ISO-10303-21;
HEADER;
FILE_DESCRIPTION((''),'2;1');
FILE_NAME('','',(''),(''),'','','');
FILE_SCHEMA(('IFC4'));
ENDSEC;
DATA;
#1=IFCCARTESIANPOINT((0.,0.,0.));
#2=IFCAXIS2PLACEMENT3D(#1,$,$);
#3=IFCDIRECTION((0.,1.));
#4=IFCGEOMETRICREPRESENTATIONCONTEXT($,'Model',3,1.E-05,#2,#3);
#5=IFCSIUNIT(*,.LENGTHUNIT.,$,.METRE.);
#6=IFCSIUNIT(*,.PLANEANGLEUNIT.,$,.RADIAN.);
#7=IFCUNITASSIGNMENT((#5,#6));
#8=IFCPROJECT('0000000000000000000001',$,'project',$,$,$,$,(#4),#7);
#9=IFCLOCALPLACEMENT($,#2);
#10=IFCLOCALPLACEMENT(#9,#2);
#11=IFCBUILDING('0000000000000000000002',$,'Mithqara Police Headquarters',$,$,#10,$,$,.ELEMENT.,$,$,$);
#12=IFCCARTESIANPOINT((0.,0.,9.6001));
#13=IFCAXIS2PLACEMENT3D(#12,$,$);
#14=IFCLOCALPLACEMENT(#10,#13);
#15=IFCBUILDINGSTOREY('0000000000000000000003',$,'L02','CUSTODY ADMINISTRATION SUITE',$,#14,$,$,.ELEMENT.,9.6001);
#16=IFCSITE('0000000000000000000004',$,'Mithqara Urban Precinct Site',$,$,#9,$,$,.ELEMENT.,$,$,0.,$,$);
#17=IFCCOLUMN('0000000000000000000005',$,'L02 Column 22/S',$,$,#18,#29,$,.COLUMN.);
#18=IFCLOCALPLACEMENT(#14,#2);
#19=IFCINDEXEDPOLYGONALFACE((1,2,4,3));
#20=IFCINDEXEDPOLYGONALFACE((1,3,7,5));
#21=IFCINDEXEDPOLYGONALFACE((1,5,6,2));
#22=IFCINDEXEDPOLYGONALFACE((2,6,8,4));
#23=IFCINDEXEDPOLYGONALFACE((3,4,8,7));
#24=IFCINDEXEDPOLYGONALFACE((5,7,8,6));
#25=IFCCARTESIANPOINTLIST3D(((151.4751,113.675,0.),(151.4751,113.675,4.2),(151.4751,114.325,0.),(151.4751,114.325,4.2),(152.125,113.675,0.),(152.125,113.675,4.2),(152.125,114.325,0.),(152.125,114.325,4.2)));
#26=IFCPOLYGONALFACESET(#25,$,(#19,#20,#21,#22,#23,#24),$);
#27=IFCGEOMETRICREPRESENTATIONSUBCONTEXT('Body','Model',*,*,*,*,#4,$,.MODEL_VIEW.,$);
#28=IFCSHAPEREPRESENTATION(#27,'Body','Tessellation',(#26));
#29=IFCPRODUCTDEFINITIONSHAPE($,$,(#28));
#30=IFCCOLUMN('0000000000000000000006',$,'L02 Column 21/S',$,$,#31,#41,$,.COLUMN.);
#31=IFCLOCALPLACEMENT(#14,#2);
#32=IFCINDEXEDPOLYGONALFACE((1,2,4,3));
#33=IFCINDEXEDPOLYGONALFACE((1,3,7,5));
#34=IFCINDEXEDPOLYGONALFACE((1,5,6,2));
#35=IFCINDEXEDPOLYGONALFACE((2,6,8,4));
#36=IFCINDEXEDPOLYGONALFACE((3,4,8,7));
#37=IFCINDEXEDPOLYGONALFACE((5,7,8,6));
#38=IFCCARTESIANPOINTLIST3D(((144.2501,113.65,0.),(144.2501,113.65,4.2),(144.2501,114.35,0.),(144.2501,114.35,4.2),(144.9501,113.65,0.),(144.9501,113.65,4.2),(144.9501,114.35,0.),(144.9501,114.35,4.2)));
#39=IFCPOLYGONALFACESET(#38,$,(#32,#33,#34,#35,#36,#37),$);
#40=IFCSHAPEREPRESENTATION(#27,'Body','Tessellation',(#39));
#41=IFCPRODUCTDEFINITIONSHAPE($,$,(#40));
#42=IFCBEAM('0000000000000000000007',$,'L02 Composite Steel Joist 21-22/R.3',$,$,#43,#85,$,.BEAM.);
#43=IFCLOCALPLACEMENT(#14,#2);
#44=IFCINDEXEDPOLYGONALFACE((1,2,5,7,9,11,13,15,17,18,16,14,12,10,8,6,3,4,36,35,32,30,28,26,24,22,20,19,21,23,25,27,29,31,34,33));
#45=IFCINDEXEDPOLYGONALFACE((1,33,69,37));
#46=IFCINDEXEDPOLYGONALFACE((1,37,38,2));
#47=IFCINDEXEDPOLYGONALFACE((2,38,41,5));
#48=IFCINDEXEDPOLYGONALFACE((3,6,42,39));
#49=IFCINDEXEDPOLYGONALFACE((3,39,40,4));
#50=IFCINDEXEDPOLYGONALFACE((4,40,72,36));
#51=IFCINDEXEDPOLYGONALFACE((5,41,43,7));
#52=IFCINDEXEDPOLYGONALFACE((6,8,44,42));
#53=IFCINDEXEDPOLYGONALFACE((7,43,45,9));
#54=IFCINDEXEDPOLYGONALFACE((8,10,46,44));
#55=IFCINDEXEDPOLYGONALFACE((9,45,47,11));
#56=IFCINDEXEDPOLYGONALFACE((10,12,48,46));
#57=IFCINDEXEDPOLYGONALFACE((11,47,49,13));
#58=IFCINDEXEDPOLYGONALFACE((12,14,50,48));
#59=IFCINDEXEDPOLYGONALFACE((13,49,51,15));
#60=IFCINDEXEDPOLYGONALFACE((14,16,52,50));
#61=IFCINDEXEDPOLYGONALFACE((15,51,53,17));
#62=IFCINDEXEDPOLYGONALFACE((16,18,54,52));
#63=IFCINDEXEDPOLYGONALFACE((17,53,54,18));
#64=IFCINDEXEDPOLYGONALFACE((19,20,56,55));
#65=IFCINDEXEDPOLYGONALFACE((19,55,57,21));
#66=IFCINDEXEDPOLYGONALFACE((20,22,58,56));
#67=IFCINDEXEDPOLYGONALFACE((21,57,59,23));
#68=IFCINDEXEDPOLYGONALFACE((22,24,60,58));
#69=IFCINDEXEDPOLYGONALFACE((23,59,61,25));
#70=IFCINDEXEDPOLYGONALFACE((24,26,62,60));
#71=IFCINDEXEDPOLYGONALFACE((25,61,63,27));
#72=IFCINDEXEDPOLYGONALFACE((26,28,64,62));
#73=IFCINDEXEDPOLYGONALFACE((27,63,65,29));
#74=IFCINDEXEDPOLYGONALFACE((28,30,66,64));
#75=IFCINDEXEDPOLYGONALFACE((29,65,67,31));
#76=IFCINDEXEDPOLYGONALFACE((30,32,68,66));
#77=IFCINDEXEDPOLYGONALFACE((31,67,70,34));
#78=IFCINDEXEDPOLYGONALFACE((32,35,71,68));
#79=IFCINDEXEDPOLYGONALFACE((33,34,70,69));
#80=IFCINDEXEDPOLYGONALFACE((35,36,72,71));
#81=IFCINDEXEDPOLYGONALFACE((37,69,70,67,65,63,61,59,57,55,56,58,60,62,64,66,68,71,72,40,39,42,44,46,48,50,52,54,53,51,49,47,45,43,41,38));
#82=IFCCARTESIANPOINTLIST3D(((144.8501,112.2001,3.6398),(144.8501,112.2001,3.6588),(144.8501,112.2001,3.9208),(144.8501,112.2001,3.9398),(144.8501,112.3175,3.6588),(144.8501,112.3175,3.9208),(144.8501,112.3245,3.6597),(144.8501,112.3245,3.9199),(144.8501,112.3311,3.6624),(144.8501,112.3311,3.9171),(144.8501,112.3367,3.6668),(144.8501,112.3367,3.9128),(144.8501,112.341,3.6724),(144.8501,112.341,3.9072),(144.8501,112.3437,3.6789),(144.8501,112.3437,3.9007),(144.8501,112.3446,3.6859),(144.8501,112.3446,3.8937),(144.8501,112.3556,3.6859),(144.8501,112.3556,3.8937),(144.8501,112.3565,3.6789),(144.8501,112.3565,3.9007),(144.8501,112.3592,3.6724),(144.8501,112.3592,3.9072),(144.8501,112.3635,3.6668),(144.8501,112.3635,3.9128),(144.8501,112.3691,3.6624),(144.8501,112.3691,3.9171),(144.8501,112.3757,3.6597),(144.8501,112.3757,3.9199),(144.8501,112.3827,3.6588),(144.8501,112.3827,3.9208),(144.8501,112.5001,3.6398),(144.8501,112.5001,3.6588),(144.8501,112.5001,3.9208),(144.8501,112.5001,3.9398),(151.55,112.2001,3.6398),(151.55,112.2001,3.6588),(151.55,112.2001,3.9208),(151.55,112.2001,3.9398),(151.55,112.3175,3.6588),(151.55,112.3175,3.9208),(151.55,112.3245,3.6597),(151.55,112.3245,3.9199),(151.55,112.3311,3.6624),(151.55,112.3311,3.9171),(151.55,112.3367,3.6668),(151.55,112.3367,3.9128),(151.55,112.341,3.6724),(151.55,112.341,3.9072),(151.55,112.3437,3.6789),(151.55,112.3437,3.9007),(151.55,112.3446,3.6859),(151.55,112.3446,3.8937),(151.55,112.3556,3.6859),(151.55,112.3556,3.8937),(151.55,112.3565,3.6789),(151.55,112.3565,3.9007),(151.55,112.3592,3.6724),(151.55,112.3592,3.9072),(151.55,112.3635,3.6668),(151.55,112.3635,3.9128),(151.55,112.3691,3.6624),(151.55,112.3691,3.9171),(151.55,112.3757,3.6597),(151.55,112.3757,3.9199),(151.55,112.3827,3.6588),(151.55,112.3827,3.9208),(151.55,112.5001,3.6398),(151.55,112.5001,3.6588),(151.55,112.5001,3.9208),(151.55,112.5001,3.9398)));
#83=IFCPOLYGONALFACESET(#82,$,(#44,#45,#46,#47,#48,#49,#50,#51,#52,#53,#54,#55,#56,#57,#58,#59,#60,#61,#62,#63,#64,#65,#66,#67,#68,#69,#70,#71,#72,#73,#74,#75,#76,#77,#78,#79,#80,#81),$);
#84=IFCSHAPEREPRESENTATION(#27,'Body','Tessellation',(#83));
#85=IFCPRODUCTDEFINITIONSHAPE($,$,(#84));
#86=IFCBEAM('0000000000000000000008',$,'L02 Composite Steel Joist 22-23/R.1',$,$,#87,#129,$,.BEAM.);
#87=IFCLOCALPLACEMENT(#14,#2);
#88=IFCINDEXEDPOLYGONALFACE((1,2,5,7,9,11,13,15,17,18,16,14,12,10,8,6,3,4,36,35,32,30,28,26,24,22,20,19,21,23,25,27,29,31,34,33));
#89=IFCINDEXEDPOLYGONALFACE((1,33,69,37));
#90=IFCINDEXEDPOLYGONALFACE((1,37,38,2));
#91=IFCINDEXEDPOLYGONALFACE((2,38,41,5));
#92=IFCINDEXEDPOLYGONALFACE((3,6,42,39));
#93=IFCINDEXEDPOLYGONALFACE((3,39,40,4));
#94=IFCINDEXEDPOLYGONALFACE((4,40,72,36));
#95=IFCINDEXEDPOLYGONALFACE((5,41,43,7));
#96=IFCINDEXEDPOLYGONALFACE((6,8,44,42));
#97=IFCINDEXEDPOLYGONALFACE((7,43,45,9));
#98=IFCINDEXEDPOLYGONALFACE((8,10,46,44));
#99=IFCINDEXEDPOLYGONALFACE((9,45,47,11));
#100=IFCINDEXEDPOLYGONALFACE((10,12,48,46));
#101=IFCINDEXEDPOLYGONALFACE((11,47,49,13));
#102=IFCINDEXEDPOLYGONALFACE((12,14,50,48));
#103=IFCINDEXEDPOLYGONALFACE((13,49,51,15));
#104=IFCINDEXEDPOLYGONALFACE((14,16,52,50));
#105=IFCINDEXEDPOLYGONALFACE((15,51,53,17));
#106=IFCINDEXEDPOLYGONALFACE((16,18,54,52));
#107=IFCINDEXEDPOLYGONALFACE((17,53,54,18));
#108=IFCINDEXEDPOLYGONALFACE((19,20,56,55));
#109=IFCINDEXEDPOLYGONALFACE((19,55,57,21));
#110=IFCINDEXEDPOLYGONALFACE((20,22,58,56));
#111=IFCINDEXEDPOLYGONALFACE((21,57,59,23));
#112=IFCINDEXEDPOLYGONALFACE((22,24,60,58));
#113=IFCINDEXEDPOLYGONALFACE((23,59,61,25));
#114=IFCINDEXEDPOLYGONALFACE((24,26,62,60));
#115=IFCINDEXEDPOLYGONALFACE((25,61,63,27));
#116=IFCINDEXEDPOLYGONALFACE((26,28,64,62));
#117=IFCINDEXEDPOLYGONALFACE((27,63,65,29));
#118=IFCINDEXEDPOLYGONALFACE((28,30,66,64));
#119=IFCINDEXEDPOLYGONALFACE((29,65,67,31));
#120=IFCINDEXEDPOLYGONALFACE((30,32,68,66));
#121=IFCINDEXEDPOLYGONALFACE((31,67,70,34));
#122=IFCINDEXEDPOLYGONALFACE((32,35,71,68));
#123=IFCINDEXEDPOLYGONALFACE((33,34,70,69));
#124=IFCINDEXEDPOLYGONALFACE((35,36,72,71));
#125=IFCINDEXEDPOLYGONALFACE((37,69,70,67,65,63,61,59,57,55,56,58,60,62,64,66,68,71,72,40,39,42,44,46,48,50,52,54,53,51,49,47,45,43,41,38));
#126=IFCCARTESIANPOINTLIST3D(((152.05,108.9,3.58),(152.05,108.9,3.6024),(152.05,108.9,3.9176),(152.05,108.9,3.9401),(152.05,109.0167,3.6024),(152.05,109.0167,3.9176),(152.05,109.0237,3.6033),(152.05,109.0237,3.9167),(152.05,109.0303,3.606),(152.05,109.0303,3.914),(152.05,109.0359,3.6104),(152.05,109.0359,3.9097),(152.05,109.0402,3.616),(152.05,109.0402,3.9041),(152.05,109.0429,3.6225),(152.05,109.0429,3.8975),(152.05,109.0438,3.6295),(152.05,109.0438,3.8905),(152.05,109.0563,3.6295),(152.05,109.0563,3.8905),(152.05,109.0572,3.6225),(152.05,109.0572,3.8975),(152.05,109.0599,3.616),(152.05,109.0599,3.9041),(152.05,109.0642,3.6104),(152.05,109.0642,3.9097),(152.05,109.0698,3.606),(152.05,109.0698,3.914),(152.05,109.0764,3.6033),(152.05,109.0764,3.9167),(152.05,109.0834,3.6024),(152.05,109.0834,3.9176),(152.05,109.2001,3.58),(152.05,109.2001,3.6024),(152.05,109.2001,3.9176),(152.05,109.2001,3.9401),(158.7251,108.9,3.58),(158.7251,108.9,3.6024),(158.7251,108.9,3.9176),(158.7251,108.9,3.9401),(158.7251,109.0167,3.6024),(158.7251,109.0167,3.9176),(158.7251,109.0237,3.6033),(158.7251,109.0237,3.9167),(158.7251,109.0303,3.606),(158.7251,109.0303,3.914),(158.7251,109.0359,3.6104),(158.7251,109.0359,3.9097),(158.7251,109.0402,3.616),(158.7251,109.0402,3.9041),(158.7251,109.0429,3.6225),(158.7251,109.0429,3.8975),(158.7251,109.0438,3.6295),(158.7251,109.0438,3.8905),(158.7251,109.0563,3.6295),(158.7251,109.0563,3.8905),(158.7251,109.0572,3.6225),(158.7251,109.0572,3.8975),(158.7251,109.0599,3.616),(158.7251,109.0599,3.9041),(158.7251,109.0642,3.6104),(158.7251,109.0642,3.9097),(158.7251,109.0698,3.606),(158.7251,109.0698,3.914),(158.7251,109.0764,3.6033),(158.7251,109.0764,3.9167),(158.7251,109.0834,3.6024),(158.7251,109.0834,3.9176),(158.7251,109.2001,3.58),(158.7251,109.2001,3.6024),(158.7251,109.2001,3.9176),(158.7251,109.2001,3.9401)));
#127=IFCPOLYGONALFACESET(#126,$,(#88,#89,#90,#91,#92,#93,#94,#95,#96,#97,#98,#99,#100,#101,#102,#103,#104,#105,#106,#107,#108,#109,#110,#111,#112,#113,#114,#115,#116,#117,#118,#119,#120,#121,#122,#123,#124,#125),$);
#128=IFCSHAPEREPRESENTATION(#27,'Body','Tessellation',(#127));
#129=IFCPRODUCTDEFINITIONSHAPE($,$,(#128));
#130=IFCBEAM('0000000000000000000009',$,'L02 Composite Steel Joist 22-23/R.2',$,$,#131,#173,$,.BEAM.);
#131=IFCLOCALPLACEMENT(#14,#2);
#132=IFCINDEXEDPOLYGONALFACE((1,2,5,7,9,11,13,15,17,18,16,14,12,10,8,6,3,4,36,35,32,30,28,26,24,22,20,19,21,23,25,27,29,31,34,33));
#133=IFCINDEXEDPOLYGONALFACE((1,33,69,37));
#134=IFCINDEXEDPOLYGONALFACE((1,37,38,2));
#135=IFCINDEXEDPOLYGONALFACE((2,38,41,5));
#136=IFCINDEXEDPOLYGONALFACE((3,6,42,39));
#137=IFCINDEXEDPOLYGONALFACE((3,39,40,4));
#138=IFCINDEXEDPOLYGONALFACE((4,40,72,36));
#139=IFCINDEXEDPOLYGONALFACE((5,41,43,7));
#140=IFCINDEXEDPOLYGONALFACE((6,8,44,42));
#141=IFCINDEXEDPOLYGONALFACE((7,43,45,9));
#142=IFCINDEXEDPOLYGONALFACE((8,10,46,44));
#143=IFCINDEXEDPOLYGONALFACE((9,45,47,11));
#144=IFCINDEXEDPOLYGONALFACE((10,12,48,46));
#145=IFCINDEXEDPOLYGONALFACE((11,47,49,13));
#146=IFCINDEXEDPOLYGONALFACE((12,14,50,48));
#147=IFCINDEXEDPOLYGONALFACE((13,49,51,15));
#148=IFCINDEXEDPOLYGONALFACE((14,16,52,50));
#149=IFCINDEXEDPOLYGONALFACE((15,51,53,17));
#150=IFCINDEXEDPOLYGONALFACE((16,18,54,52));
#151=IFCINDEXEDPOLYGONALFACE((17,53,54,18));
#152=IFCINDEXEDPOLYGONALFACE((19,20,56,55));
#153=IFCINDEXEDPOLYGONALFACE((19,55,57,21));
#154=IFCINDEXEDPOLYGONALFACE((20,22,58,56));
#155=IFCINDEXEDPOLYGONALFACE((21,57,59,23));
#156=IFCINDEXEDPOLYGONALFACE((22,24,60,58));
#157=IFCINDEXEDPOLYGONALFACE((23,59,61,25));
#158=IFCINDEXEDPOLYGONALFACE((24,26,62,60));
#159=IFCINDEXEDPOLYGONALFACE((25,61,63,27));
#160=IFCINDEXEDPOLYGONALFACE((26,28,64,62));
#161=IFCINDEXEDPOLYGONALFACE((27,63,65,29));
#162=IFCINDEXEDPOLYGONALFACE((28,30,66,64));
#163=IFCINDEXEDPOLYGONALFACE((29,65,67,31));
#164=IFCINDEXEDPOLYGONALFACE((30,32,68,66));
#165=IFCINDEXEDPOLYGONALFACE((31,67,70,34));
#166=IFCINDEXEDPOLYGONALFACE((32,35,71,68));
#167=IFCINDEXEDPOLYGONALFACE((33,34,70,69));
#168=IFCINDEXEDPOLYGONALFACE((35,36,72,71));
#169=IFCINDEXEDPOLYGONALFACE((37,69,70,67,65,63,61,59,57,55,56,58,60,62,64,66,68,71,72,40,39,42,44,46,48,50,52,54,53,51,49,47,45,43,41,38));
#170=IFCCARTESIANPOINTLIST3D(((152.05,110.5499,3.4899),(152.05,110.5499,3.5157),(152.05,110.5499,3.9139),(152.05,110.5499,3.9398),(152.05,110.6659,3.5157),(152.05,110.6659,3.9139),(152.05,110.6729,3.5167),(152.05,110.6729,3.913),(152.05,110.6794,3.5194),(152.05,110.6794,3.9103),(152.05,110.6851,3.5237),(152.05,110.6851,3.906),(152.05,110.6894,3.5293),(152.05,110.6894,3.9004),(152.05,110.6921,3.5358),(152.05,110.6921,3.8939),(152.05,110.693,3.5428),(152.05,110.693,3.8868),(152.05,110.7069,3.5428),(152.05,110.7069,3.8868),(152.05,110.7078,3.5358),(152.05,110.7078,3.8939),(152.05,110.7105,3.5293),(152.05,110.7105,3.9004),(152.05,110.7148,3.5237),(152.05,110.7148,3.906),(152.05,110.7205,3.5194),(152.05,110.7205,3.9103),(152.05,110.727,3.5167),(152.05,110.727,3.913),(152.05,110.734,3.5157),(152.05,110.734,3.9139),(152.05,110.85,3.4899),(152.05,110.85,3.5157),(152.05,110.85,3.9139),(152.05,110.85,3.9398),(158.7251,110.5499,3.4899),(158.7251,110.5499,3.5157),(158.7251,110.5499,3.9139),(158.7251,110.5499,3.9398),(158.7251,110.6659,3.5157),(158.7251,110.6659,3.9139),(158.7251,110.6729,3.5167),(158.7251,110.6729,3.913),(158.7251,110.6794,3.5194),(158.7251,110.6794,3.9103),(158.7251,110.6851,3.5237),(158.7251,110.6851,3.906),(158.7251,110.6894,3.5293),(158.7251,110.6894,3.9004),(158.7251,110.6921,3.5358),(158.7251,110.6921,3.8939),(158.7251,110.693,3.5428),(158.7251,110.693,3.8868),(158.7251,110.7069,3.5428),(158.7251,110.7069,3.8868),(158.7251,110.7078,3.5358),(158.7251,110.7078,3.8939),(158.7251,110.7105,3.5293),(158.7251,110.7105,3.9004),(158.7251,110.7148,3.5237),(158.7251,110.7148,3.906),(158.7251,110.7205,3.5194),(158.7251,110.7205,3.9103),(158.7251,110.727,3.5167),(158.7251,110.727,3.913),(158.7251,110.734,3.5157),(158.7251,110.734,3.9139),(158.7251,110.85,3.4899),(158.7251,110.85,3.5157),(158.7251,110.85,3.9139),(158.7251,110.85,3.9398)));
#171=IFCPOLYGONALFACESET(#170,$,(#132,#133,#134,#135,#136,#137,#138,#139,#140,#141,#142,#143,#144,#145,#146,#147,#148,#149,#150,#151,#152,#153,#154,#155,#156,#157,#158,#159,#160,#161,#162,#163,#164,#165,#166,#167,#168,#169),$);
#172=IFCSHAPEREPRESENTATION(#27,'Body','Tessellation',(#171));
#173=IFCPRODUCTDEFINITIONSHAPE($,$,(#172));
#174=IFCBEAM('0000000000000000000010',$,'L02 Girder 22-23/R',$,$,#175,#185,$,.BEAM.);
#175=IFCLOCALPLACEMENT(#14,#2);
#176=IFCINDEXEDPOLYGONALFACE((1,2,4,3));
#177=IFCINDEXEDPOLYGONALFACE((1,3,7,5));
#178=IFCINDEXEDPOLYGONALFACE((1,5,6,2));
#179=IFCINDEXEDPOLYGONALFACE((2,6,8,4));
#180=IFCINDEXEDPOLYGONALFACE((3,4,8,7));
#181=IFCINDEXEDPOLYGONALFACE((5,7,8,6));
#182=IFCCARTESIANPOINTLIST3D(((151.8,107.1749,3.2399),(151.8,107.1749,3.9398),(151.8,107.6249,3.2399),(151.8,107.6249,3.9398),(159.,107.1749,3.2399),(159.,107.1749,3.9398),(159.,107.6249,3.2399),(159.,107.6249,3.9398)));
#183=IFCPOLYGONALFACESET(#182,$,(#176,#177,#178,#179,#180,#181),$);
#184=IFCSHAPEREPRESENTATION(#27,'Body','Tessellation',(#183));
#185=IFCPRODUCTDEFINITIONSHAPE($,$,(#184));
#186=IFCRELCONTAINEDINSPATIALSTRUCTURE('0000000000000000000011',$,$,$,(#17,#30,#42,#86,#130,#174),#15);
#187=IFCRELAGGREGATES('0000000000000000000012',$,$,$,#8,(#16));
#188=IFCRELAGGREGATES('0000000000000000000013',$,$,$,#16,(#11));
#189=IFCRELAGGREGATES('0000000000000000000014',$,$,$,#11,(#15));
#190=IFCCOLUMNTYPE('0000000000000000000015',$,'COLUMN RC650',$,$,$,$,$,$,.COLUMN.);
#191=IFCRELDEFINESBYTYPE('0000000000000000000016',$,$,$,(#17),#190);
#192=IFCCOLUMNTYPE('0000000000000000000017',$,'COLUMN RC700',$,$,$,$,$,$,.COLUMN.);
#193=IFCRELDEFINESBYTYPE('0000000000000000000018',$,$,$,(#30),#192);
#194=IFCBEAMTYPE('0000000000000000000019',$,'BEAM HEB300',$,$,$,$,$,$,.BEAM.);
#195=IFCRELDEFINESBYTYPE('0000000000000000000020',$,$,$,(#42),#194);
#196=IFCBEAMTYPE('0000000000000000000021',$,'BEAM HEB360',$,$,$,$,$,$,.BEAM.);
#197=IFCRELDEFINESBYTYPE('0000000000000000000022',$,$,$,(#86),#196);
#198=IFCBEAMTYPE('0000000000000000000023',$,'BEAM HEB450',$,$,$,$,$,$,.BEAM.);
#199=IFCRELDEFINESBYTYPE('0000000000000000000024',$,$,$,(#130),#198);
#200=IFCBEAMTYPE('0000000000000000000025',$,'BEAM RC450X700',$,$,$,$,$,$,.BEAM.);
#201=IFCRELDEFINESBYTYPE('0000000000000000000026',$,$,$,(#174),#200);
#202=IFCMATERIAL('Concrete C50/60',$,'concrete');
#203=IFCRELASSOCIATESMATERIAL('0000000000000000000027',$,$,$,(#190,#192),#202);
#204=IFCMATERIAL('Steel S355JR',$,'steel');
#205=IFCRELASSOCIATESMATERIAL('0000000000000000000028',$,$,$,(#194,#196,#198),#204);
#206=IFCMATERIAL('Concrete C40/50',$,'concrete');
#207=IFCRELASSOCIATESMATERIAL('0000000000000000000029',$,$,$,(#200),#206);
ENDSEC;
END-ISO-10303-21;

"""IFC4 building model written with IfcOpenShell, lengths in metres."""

from ifc_helpers import new_model, si_unit, direction, frame, origin, origin_2d, place, context, subcontext, project, spatial, rectangle, i_section, extrude, material, material_profile, profile_set, type_object, element, save


model = new_model("IFC4")

# Units and contexts
model_context = context("Model", 3, precision=1e-05, world=origin(), true_north=direction((0.0, 1.0)))
body_context = subcontext(model_context, "Body", "Model", "MODEL_VIEW")
ifc_project = project(units=[si_unit("LENGTHUNIT", "METRE"), si_unit("PLANEANGLEUNIT", "RADIAN")], contexts=[model_context])

# Site, building, storey
site_placement = place(None, origin())
site = spatial("IfcSite", under=ifc_project, at=site_placement, Name="Mithqara Urban Precinct Site", CompositionType="ELEMENT", RefElevation=0.0)
building_placement = place(site_placement, origin())
building = spatial("IfcBuilding", under=site, at=building_placement, Name="Mithqara Police Headquarters", CompositionType="ELEMENT")
storey_placement = place(building_placement, frame((0.0, 0.0, 9.6001)))
storey = spatial("IfcBuildingStorey", under=building, at=storey_placement, Name="L02", Description="CUSTODY ADMINISTRATION SUITE", CompositionType="ELEMENT", Elevation=9.6001)

# Columns
ifc_material_1 = material(Name="Concrete C50/60", Category="concrete")
ifc_material_profile_1 = material_profile(ifc_material_1, rectangle(XDim=0.6499, YDim=0.6499, at=origin_2d()), Name="RC 650x650")
ifc_profile_set_1 = profile_set([ifc_material_profile_1], Name="Concrete C50/60")
column_type_1 = type_object("IfcColumnType", Name="COLUMN RC650", PredefinedType="COLUMN", material=ifc_profile_set_1)
column_1_placement = place(storey_placement, frame((151.8, 114.0, 0.0), z_axis=(0.0, 0.0, 1.0), x_axis=(1.0, 0.0, 0.0)))
element("IfcColumn", 1, at=column_1_placement, inside=storey, type_object=column_type_1, Name="L02 Column 22/S", PredefinedType="COLUMN", context=body_context, shape_type="SweptSolid", body=[
    extrude(rectangle(XDim=0.6499, YDim=0.6499, at=origin_2d()), origin(), (0.0, 0.0, 1.0), 4.2),
])
ifc_material_profile_2 = material_profile(ifc_material_1, rectangle(XDim=0.7, YDim=0.7, at=origin_2d()), Name="RC 700x700")
ifc_profile_set_2 = profile_set([ifc_material_profile_2], Name="Concrete C50/60")
column_type_2 = type_object("IfcColumnType", Name="COLUMN RC700", PredefinedType="COLUMN", material=ifc_profile_set_2)
column_2_placement = place(storey_placement, frame((144.6001, 114.0, 0.0), z_axis=(0.0, 0.0, 1.0), x_axis=(1.0, 0.0, 0.0)))
element("IfcColumn", 2, at=column_2_placement, inside=storey, type_object=column_type_2, Name="L02 Column 21/S", PredefinedType="COLUMN", context=body_context, shape_type="SweptSolid", body=[
    extrude(rectangle(XDim=0.7, YDim=0.7, at=origin_2d()), origin(), (0.0, 0.0, 1.0), 4.2),
])

# Beams
ifc_material_2 = material(Name="Steel S355JR", Category="steel")
ifc_material_profile_3 = material_profile(ifc_material_2, i_section(OverallWidth=0.3, OverallDepth=0.3, WebThickness=0.011, FlangeThickness=0.019, FilletRadius=0.0271, at=origin_2d()), Name="HEB 300")
ifc_profile_set_3 = profile_set([ifc_material_profile_3], Name="Steel S355JR")
beam_type_1 = type_object("IfcBeamType", Name="BEAM HEB300", PredefinedType="BEAM", material=ifc_profile_set_3)
beam_1_placement = place(storey_placement, frame((144.8501, 112.3501, 3.7898), z_axis=(1.0, 0.0, 0.0), x_axis=(0.0, 1.0, 0.0)))
element("IfcBeam", 3, at=beam_1_placement, inside=storey, type_object=beam_type_1, Name="L02 Composite Steel Joist 21-22/R.3", PredefinedType="BEAM", context=body_context, shape_type="SweptSolid", body=[
    extrude(i_section(OverallWidth=0.3, OverallDepth=0.3, WebThickness=0.011, FlangeThickness=0.019, FilletRadius=0.0271, at=origin_2d()), origin(), (0.0, 0.0, 1.0), 6.7),
])
ifc_material_profile_4 = material_profile(ifc_material_2, i_section(OverallWidth=0.3, OverallDepth=0.3601, WebThickness=0.0125, FlangeThickness=0.0225, FilletRadius=0.0271, at=origin_2d()), Name="HEB 360")
ifc_profile_set_4 = profile_set([ifc_material_profile_4], Name="Steel S355JR")
beam_type_2 = type_object("IfcBeamType", Name="BEAM HEB360", PredefinedType="BEAM", material=ifc_profile_set_4)
beam_2_placement = place(storey_placement, frame((152.05, 109.05, 3.76), z_axis=(1.0, 0.0, 0.0), x_axis=(0.0, 1.0, 0.0)))
element("IfcBeam", 4, at=beam_2_placement, inside=storey, type_object=beam_type_2, Name="L02 Composite Steel Joist 22-23/R.1", PredefinedType="BEAM", context=body_context, shape_type="SweptSolid", body=[
    extrude(i_section(OverallWidth=0.3, OverallDepth=0.3601, WebThickness=0.0125, FlangeThickness=0.0225, FilletRadius=0.0271, at=origin_2d()), origin(), (0.0, 0.0, 1.0), 6.675),
])
ifc_material_profile_5 = material_profile(ifc_material_2, i_section(OverallWidth=0.3, OverallDepth=0.45, WebThickness=0.0139, FlangeThickness=0.0259, FilletRadius=0.0271, at=origin_2d()), Name="HEB 450")
ifc_profile_set_5 = profile_set([ifc_material_profile_5], Name="Steel S355JR")
beam_type_3 = type_object("IfcBeamType", Name="BEAM HEB450", PredefinedType="BEAM", material=ifc_profile_set_5)
beam_3_placement = place(storey_placement, frame((152.05, 110.7, 3.7148), z_axis=(1.0, 0.0, 0.0), x_axis=(0.0, 1.0, 0.0)))
element("IfcBeam", 5, at=beam_3_placement, inside=storey, type_object=beam_type_3, Name="L02 Composite Steel Joist 22-23/R.2", PredefinedType="BEAM", context=body_context, shape_type="SweptSolid", body=[
    extrude(i_section(OverallWidth=0.3, OverallDepth=0.45, WebThickness=0.0139, FlangeThickness=0.0259, FilletRadius=0.0271, at=origin_2d()), origin(), (0.0, 0.0, 1.0), 6.675),
])
ifc_material_3 = material(Name="Concrete C40/50", Category="concrete")
ifc_material_profile_6 = material_profile(ifc_material_3, rectangle(XDim=0.45, YDim=0.7, at=origin_2d()), Name="RC 450x700")
ifc_profile_set_6 = profile_set([ifc_material_profile_6], Name="Concrete C40/50")
beam_type_4 = type_object("IfcBeamType", Name="BEAM RC450X700", PredefinedType="BEAM", material=ifc_profile_set_6)
beam_4_placement = place(storey_placement, frame((151.8, 107.3999, 3.5898), z_axis=(1.0, 0.0, 0.0), x_axis=(0.0, 1.0, 0.0)))
element("IfcBeam", 6, at=beam_4_placement, inside=storey, type_object=beam_type_4, Name="L02 Girder 22-23/R", PredefinedType="BEAM", context=body_context, shape_type="SweptSolid", body=[
    extrude(rectangle(XDim=0.45, YDim=0.7, at=origin_2d()), origin(), (0.0, 0.0, 1.0), 7.2),
])

save(model, "model.ifc")
